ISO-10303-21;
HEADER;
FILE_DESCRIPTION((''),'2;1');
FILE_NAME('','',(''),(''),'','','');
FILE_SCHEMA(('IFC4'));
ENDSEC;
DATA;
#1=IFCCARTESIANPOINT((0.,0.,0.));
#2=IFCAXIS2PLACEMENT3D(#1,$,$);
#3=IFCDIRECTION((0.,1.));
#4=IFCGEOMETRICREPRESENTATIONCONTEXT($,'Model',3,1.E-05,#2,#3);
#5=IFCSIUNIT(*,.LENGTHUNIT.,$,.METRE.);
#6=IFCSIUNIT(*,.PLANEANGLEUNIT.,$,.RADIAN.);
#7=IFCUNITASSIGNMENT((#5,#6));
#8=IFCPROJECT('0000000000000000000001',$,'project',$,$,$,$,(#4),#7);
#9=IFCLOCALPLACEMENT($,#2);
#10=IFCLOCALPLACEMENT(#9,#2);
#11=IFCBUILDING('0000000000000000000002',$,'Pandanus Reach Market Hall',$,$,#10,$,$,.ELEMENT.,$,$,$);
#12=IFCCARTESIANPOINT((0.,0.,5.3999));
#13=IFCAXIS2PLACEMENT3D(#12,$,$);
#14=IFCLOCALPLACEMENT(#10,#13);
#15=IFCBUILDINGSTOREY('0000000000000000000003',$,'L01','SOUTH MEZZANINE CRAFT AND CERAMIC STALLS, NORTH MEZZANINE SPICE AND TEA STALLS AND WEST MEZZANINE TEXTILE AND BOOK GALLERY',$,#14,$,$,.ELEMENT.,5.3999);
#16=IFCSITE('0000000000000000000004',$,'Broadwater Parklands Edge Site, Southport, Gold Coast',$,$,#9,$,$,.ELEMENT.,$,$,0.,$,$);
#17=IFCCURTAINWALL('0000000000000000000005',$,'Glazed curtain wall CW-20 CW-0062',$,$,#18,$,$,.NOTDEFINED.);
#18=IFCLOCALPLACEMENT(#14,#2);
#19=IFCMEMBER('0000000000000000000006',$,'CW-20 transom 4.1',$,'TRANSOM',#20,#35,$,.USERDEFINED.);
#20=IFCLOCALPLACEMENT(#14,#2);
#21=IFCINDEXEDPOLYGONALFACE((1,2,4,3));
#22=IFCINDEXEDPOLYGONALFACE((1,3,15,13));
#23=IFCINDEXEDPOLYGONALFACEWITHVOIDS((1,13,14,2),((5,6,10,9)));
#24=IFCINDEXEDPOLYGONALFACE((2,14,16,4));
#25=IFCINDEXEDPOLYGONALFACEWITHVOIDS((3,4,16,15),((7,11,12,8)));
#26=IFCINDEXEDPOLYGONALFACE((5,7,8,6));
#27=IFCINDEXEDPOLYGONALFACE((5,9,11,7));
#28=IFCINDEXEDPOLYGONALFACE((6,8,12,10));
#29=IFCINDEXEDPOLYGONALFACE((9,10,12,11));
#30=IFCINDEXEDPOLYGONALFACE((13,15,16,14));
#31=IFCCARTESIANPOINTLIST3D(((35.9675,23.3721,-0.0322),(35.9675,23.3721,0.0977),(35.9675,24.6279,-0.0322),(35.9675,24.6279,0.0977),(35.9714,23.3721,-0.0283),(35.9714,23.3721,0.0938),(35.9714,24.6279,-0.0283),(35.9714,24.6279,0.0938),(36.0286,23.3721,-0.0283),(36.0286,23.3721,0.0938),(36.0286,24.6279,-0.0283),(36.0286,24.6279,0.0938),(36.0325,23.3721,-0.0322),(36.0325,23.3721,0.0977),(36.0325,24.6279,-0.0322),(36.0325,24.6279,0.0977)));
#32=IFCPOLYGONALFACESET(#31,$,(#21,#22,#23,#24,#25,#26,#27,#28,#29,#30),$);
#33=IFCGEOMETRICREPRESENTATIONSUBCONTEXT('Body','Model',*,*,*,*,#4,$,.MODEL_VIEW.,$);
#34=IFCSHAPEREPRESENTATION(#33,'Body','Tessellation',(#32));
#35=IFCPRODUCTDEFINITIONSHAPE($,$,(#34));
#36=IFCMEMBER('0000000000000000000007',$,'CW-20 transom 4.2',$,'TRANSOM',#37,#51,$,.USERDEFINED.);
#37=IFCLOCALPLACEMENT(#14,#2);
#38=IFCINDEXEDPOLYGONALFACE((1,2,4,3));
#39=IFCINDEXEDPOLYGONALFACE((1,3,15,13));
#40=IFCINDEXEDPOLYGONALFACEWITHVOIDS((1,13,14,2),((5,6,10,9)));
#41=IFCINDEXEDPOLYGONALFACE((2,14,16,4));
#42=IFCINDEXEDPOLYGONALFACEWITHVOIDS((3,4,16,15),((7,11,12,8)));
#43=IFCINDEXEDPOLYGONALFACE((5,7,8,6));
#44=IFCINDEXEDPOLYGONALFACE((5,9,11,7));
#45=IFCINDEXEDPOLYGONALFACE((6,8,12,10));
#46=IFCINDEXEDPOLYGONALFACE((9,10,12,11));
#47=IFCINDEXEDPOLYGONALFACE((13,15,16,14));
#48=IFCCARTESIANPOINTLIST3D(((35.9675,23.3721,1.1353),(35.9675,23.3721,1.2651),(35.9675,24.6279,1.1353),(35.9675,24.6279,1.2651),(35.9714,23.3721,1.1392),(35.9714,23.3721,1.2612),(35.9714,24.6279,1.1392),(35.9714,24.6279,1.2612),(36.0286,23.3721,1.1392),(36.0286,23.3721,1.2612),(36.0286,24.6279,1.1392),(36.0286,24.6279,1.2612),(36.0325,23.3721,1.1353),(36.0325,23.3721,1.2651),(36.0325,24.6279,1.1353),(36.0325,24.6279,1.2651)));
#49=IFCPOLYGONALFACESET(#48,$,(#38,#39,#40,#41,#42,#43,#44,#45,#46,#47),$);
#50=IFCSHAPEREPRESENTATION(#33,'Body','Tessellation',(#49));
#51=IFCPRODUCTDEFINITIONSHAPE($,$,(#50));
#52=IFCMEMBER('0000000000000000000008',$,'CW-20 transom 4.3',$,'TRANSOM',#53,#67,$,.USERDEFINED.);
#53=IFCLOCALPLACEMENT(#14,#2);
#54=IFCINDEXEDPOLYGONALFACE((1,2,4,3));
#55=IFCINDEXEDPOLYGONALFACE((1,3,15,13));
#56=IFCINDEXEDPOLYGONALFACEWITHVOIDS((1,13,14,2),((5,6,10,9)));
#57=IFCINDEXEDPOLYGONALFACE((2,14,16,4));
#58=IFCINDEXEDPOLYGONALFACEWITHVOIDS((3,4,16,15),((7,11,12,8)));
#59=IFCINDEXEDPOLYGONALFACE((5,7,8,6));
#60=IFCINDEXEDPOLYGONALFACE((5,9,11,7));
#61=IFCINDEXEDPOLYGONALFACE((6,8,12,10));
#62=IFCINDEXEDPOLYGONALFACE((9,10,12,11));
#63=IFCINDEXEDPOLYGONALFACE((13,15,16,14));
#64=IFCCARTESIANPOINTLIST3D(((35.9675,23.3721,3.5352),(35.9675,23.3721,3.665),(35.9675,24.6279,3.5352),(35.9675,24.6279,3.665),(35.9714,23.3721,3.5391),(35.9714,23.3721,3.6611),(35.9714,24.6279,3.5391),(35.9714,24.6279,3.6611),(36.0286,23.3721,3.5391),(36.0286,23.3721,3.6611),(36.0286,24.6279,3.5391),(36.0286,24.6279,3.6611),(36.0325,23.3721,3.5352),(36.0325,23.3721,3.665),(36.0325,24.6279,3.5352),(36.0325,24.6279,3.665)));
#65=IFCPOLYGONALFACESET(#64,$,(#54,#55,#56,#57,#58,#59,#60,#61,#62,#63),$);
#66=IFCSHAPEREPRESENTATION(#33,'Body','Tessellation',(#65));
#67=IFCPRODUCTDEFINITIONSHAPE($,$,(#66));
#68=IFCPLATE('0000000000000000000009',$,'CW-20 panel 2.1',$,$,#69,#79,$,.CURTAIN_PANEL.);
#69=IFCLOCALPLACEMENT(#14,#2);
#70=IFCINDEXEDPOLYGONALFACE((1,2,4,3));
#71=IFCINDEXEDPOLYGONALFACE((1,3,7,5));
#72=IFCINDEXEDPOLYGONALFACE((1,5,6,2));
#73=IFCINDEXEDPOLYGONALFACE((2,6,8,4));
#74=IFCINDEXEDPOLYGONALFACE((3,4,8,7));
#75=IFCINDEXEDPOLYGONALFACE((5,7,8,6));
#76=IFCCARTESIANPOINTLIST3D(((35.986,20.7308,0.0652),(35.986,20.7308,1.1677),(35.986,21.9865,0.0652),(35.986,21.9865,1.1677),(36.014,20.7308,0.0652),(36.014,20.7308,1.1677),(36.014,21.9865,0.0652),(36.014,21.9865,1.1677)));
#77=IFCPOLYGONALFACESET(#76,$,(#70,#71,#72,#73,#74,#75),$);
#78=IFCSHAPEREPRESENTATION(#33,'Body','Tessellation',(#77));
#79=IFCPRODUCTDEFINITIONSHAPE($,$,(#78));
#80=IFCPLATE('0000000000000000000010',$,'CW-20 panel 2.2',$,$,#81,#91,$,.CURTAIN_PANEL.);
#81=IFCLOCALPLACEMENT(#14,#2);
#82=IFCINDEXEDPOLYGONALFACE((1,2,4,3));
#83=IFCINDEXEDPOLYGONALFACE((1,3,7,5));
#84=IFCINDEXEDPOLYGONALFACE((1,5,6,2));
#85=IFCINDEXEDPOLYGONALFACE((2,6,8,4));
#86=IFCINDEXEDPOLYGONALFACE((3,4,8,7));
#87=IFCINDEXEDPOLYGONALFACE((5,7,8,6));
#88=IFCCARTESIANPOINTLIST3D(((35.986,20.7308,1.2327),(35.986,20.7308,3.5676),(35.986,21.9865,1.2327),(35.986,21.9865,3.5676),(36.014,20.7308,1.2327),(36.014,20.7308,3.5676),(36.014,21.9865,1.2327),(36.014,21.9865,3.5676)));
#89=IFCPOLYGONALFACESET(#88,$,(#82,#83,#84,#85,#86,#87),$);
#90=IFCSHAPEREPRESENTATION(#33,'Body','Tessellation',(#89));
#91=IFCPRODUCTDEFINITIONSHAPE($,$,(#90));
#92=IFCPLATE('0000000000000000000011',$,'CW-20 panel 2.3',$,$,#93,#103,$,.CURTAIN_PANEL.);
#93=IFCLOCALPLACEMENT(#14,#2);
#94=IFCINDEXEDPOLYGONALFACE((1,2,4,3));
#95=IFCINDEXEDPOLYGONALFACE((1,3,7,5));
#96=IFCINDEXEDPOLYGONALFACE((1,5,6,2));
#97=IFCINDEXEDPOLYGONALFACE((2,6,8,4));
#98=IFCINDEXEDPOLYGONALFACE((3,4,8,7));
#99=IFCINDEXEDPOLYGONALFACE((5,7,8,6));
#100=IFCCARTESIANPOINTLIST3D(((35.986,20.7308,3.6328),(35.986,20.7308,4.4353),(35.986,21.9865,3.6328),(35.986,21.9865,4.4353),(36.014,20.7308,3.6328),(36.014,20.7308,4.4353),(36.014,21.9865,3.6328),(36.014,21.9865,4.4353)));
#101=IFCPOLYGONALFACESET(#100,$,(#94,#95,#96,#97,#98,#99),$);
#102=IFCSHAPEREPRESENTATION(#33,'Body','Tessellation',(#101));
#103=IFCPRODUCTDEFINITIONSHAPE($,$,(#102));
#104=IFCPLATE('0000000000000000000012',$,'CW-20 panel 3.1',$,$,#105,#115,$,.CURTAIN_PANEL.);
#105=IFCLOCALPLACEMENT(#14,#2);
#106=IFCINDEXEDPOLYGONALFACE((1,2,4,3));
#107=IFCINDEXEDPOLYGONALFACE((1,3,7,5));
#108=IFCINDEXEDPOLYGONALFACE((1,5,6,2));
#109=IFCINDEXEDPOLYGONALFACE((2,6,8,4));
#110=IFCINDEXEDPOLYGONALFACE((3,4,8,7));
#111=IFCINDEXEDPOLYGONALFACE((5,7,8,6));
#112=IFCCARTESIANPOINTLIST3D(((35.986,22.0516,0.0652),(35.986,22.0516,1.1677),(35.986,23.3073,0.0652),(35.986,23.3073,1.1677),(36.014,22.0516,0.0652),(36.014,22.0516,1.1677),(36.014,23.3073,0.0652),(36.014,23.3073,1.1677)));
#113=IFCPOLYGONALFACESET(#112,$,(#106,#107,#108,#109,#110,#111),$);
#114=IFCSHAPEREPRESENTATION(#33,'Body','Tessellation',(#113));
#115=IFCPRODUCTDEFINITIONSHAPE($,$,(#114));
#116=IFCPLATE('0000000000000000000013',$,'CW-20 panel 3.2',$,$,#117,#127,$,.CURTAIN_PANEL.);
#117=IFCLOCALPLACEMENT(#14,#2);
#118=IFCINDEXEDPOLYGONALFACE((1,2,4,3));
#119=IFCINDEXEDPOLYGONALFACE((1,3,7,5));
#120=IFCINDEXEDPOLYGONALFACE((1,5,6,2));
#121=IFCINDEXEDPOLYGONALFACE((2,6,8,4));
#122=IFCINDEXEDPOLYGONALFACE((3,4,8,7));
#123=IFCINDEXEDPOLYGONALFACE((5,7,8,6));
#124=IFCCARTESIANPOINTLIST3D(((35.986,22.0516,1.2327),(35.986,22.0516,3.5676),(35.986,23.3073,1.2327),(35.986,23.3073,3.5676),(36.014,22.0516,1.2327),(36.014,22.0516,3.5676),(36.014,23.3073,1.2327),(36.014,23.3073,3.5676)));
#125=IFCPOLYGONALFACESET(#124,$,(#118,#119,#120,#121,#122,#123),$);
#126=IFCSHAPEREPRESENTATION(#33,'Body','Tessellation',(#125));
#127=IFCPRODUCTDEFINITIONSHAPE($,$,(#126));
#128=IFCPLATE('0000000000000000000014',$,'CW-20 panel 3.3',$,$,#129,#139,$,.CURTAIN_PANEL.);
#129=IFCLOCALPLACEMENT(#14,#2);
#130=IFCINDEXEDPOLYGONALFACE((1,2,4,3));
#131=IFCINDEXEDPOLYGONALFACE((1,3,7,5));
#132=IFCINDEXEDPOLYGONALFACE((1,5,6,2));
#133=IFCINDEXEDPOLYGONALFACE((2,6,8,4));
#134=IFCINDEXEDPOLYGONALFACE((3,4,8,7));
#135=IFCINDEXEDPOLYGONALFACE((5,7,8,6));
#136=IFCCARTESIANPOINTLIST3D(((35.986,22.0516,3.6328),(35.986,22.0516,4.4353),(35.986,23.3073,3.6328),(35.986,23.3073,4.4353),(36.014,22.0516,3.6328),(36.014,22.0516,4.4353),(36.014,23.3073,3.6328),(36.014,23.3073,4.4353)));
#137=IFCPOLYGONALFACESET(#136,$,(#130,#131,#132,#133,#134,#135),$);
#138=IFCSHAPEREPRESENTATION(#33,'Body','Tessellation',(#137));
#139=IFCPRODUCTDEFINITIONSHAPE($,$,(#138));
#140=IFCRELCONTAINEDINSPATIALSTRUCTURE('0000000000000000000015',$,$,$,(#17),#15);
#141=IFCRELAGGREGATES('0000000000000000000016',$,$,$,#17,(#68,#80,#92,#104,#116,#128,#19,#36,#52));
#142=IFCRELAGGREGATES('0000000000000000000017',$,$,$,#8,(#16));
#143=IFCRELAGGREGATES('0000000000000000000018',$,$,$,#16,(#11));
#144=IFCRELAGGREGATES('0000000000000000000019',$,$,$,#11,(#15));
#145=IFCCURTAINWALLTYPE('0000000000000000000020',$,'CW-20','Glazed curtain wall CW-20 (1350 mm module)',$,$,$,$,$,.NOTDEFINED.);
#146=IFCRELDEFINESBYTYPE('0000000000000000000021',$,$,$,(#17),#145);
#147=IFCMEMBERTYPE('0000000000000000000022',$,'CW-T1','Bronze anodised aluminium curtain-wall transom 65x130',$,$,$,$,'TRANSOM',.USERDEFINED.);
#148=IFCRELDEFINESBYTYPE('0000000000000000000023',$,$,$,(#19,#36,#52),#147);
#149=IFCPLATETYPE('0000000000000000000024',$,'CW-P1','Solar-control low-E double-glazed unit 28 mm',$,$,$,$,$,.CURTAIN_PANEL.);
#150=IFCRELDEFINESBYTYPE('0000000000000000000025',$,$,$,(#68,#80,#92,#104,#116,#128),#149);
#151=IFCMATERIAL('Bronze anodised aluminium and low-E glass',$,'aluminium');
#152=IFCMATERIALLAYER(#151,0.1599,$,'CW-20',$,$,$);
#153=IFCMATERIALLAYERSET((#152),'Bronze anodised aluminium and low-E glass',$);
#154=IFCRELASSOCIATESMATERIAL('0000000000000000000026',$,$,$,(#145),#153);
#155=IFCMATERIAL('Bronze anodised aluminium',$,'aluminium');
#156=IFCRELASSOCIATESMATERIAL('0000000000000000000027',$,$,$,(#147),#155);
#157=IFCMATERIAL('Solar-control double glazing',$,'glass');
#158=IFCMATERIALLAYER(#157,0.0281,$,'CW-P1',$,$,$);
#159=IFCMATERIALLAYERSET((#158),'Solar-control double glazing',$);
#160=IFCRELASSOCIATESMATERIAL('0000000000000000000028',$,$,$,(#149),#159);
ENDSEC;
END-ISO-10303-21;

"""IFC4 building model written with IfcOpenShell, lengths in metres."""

from ifc_helpers import new_model, si_unit, direction, frame, origin, origin_2d, place, context, subcontext, project, spatial, rectangle, hollow_rectangle, extrude, material, layer, layer_set, material_profile, profile_set, type_object, element, aggregate, save


model = new_model("IFC4")

# Units and contexts
model_context = context("Model", 3, precision=1e-05, world=origin(), true_north=direction((0.0, 1.0)))
body_context = subcontext(model_context, "Body", "Model", "MODEL_VIEW")
ifc_project = project(units=[si_unit("LENGTHUNIT", "METRE"), si_unit("PLANEANGLEUNIT", "RADIAN")], contexts=[model_context])

# Site, building, storey
site_placement = place(None, origin())
site = spatial("IfcSite", under=ifc_project, at=site_placement, Name="Broadwater Parklands Edge Site, Southport, Gold Coast", CompositionType="ELEMENT", RefElevation=0.0)
building_placement = place(site_placement, origin())
building = spatial("IfcBuilding", under=site, at=building_placement, Name="Pandanus Reach Market Hall", CompositionType="ELEMENT")
storey_placement = place(building_placement, frame((0.0, 0.0, 5.3999)))
storey = spatial("IfcBuildingStorey", under=building, at=storey_placement, Name="L01", Description="SOUTH MEZZANINE CRAFT AND CERAMIC STALLS, NORTH MEZZANINE SPICE AND TEA STALLS AND WEST MEZZANINE TEXTILE AND BOOK GALLERY", CompositionType="ELEMENT", Elevation=5.3999)

# Curtain wall, members, plates
ifc_material_1 = material(Name="Bronze anodised aluminium and low-E glass", Category="aluminium")
ifc_layer_1 = layer(ifc_material_1, 0.1599, Name="CW-20")
ifc_layer_set_1 = layer_set([ifc_layer_1], Name="Bronze anodised aluminium and low-E glass")
curtain_wall_type = type_object("IfcCurtainWallType", Name="CW-20", Description="Glazed curtain wall CW-20 (1350 mm module)", PredefinedType="NOTDEFINED", material=ifc_layer_set_1)
curtain_wall_placement = place(storey_placement, origin())
curtain_wall = element("IfcCurtainWall", 1, at=curtain_wall_placement, inside=storey, type_object=curtain_wall_type, Name="Glazed curtain wall CW-20 CW-0062", PredefinedType="NOTDEFINED")
ifc_material_2 = material(Name="Bronze anodised aluminium", Category="aluminium")
ifc_material_profile_1 = material_profile(ifc_material_2, hollow_rectangle(XDim=0.0649, YDim=0.1299, WallThickness=0.0039, at=origin_2d()), Name="ALU65x130", Category="LoadBearing")
ifc_profile_set_1 = profile_set([ifc_material_profile_1], Name="Bronze anodised aluminium")
member_type_1 = type_object("IfcMemberType", Name="CW-T1", Description="Bronze anodised aluminium curtain-wall transom 65x130", ElementType="TRANSOM", PredefinedType="USERDEFINED", material=ifc_profile_set_1)
member_1_placement = place(storey_placement, frame((36.0, 23.3721, 0.0327), z_axis=(0.0, 1.0, 0.0), x_axis=(-1.0, 0.0, 0.0)))
member_1 = element("IfcMember", 2, at=member_1_placement, type_object=member_type_1, Name="CW-20 transom 4.1", ObjectType="TRANSOM", PredefinedType="USERDEFINED", context=body_context, shape_type="SweptSolid", body=[
    extrude(hollow_rectangle(XDim=0.0649, YDim=0.1299, WallThickness=0.0039, at=origin_2d()), origin(), (0.0, 0.0, 1.0), 1.2559),
])
member_2_placement = place(storey_placement, frame((36.0, 23.3721, 1.2002), z_axis=(0.0, 1.0, 0.0), x_axis=(-1.0, 0.0, 0.0)))
member_2 = element("IfcMember", 3, at=member_2_placement, type_object=member_type_1, Name="CW-20 transom 4.2", ObjectType="TRANSOM", PredefinedType="USERDEFINED", context=body_context, shape_type="SweptSolid", body=[
    extrude(hollow_rectangle(XDim=0.0649, YDim=0.1299, WallThickness=0.0039, at=origin_2d()), origin(), (0.0, 0.0, 1.0), 1.2559),
])
member_3_placement = place(storey_placement, frame((36.0, 23.3721, 3.6001), z_axis=(0.0, 1.0, 0.0), x_axis=(-1.0, 0.0, 0.0)))
member_3 = element("IfcMember", 4, at=member_3_placement, type_object=member_type_1, Name="CW-20 transom 4.3", ObjectType="TRANSOM", PredefinedType="USERDEFINED", context=body_context, shape_type="SweptSolid", body=[
    extrude(hollow_rectangle(XDim=0.0649, YDim=0.1299, WallThickness=0.0039, at=origin_2d()), origin(), (0.0, 0.0, 1.0), 1.2559),
])
ifc_material_3 = material(Name="Solar-control double glazing", Category="glass")
ifc_layer_2 = layer(ifc_material_3, 0.0281, Name="CW-P1")
ifc_layer_set_2 = layer_set([ifc_layer_2], Name="Solar-control double glazing")
plate_type = type_object("IfcPlateType", Name="CW-P1", Description="Solar-control low-E double-glazed unit 28 mm", PredefinedType="CURTAIN_PANEL", material=ifc_layer_set_2)
plate_1_placement = place(storey_placement, frame((36.0, 21.3586, 0.0652), z_axis=(0.0, 0.0, 1.0), x_axis=(0.0, 1.0, 0.0)))
plate_1 = element("IfcPlate", 5, at=plate_1_placement, type_object=plate_type, Name="CW-20 panel 2.1", PredefinedType="CURTAIN_PANEL", context=body_context, shape_type="SweptSolid", body=[
    extrude(rectangle(XDim=1.2556, YDim=0.0281, at=origin_2d()), origin(), (0.0, 0.0, 1.0), 1.1025),
])
plate_2_placement = place(storey_placement, frame((36.0, 21.3586, 1.2327), z_axis=(0.0, 0.0, 1.0), x_axis=(0.0, 1.0, 0.0)))
plate_2 = element("IfcPlate", 6, at=plate_2_placement, type_object=plate_type, Name="CW-20 panel 2.2", PredefinedType="CURTAIN_PANEL", context=body_context, shape_type="SweptSolid", body=[
    extrude(rectangle(XDim=1.2556, YDim=0.0281, at=origin_2d()), origin(), (0.0, 0.0, 1.0), 2.335),
])
plate_3_placement = place(storey_placement, frame((36.0, 21.3586, 3.6328), z_axis=(0.0, 0.0, 1.0), x_axis=(0.0, 1.0, 0.0)))
plate_3 = element("IfcPlate", 7, at=plate_3_placement, type_object=plate_type, Name="CW-20 panel 2.3", PredefinedType="CURTAIN_PANEL", context=body_context, shape_type="SweptSolid", body=[
    extrude(rectangle(XDim=1.2556, YDim=0.0281, at=origin_2d()), origin(), (0.0, 0.0, 1.0), 0.8025),
])
plate_4_placement = place(storey_placement, frame((36.0, 22.6794, 0.0652), z_axis=(0.0, 0.0, 1.0), x_axis=(0.0, 1.0, 0.0)))
plate_4 = element("IfcPlate", 8, at=plate_4_placement, type_object=plate_type, Name="CW-20 panel 3.1", PredefinedType="CURTAIN_PANEL", context=body_context, shape_type="SweptSolid", body=[
    extrude(rectangle(XDim=1.2556, YDim=0.0281, at=origin_2d()), origin(), (0.0, 0.0, 1.0), 1.1025),
])
plate_5_placement = place(storey_placement, frame((36.0, 22.6794, 1.2327), z_axis=(0.0, 0.0, 1.0), x_axis=(0.0, 1.0, 0.0)))
plate_5 = element("IfcPlate", 9, at=plate_5_placement, type_object=plate_type, Name="CW-20 panel 3.2", PredefinedType="CURTAIN_PANEL", context=body_context, shape_type="SweptSolid", body=[
    extrude(rectangle(XDim=1.2556, YDim=0.0281, at=origin_2d()), origin(), (0.0, 0.0, 1.0), 2.335),
])
plate_6_placement = place(storey_placement, frame((36.0, 22.6794, 3.6328), z_axis=(0.0, 0.0, 1.0), x_axis=(0.0, 1.0, 0.0)))
plate_6 = element("IfcPlate", 10, at=plate_6_placement, type_object=plate_type, Name="CW-20 panel 3.3", PredefinedType="CURTAIN_PANEL", context=body_context, shape_type="SweptSolid", body=[
    extrude(rectangle(XDim=1.2556, YDim=0.0281, at=origin_2d()), origin(), (0.0, 0.0, 1.0), 0.8025),
])
aggregate(curtain_wall, [plate_1, plate_2, plate_3, plate_4, plate_5, plate_6, member_1, member_2, member_3])

save(model, "model.ifc")
